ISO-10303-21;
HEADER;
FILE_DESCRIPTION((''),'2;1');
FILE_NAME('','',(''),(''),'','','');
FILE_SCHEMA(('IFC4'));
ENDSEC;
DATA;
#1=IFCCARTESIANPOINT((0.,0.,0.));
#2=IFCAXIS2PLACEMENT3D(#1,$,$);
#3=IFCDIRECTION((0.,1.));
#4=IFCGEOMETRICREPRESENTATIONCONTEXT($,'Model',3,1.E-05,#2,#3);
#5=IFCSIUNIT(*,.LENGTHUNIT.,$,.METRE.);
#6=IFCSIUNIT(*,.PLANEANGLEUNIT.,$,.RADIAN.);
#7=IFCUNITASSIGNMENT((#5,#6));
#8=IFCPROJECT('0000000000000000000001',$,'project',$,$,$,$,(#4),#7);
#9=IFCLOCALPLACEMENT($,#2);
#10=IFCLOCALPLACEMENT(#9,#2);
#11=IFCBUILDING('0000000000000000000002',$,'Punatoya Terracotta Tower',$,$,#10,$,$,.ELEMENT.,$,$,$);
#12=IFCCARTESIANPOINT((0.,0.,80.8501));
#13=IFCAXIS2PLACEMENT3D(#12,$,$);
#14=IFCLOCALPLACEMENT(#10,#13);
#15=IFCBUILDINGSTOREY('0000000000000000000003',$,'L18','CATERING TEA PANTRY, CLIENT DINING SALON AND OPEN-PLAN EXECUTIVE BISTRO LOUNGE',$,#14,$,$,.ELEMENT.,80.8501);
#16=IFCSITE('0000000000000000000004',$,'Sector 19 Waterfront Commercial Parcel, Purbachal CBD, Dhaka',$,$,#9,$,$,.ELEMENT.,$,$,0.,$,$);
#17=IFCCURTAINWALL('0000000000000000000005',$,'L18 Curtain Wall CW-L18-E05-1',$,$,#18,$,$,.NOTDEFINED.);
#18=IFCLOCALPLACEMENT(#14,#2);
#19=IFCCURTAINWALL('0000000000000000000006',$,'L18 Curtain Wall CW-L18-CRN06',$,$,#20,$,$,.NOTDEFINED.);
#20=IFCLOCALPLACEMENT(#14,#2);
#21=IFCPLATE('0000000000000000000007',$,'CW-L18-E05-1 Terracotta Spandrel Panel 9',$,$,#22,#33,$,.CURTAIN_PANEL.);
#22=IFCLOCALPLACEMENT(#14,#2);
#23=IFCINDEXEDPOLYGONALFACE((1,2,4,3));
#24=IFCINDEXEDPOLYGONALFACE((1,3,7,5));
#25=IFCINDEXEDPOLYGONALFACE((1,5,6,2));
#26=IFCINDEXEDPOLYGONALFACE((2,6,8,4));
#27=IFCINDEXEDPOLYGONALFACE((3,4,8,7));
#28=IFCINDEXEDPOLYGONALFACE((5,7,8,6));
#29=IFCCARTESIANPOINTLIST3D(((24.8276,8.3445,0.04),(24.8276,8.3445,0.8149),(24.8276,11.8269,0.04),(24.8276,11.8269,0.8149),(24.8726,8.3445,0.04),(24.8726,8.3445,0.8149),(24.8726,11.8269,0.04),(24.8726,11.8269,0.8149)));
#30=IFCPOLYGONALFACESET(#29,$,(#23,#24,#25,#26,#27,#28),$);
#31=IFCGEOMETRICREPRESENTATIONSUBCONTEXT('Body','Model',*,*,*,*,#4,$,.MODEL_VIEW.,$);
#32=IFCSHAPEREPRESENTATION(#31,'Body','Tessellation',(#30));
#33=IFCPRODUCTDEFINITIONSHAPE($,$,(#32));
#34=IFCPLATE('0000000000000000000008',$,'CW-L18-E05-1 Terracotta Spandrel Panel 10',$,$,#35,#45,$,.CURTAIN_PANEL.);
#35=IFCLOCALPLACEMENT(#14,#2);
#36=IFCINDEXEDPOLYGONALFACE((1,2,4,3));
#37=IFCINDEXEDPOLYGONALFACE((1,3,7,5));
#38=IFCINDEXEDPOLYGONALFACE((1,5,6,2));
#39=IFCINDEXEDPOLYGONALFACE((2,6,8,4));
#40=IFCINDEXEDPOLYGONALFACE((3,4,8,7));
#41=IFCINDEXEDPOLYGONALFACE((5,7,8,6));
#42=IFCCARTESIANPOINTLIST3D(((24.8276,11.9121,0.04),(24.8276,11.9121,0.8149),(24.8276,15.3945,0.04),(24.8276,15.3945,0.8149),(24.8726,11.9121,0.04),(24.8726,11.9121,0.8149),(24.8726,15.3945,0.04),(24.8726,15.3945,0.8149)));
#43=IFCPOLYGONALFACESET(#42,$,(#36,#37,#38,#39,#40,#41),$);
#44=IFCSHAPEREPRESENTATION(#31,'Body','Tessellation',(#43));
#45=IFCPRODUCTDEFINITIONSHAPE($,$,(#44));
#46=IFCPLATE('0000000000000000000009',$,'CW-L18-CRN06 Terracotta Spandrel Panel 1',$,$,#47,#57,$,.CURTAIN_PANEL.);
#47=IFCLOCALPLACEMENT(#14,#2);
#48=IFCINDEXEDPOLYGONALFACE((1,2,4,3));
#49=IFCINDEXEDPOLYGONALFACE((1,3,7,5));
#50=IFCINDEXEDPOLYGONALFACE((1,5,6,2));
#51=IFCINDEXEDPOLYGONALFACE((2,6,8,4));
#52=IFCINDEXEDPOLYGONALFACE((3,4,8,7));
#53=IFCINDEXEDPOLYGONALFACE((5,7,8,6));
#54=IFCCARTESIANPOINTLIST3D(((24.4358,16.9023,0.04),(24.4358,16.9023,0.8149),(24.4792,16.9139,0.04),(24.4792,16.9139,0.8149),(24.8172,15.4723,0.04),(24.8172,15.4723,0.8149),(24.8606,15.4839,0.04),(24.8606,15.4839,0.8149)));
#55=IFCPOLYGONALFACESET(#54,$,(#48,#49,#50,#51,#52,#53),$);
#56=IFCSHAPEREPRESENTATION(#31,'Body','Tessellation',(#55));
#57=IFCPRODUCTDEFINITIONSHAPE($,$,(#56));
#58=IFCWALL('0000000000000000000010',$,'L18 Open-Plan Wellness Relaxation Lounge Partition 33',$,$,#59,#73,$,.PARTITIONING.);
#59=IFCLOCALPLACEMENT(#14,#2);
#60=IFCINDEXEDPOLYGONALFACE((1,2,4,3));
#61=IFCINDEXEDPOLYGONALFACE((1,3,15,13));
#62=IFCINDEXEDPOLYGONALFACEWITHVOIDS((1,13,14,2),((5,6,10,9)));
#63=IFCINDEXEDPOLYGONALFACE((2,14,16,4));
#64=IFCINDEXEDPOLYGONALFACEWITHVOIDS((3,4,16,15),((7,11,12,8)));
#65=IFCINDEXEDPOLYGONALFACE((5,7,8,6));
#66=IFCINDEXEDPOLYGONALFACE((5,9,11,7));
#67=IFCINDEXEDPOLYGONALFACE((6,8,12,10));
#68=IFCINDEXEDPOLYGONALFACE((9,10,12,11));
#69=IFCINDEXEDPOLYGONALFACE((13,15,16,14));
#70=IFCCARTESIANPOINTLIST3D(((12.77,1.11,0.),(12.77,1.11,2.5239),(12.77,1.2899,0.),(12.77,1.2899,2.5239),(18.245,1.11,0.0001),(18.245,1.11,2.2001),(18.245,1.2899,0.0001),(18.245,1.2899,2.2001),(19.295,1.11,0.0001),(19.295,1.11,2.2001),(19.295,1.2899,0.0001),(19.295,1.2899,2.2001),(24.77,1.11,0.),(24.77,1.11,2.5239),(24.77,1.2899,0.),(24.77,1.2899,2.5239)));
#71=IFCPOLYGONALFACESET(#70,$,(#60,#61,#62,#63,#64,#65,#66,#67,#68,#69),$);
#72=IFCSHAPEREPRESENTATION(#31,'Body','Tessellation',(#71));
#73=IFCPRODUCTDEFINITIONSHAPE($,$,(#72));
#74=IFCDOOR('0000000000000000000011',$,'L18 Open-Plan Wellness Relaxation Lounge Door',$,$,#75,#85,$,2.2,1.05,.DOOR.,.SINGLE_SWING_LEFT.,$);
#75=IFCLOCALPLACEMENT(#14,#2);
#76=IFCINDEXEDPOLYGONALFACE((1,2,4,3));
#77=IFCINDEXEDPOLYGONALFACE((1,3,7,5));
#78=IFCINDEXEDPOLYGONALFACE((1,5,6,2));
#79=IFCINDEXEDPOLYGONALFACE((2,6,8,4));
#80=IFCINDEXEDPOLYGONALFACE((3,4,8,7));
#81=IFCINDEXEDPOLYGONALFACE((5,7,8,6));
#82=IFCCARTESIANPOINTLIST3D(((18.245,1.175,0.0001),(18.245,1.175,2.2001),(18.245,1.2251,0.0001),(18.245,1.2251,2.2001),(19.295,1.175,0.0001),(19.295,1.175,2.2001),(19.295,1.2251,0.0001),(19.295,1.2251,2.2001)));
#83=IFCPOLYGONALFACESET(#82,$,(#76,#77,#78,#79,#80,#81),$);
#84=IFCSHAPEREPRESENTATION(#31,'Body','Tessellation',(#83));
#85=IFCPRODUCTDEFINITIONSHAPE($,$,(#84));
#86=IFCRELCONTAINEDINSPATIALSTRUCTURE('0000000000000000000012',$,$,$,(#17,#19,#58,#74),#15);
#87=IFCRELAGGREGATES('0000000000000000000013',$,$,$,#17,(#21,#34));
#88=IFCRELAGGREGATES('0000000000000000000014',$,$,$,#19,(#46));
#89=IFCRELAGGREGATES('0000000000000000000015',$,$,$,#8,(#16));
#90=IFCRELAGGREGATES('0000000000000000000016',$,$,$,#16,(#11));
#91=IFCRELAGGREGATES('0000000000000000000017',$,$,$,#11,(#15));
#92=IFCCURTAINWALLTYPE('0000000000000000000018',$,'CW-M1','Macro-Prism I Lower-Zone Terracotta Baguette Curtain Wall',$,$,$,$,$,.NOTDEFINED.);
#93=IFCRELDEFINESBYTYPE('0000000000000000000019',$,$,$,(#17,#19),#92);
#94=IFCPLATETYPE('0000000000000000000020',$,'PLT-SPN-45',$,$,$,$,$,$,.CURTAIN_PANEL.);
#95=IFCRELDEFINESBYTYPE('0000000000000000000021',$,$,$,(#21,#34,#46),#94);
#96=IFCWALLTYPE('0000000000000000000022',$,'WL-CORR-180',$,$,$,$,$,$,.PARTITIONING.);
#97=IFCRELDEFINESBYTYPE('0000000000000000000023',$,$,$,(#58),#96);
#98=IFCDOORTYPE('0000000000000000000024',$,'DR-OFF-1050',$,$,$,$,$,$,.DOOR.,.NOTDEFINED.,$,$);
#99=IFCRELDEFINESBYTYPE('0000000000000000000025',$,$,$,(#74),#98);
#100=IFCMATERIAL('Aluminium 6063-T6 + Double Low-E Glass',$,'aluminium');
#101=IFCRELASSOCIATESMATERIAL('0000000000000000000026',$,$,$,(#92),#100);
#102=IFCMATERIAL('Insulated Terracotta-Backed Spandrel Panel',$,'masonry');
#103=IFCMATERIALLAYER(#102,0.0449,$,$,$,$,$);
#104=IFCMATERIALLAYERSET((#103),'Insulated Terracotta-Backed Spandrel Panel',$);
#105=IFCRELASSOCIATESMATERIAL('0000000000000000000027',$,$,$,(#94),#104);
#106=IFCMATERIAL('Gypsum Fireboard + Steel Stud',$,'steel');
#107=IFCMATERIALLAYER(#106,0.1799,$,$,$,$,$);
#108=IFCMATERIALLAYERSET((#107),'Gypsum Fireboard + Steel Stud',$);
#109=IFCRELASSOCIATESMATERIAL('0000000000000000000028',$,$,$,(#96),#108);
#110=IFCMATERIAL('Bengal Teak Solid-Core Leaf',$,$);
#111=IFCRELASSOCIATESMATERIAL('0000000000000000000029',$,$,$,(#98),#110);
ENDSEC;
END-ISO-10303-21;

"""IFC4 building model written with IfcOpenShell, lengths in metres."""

from ifc_helpers import new_model, si_unit, direction, frame, frame_2d, origin, origin_2d, place, context, subcontext, project, spatial, rectangle, extrude, material, layer, layer_set, type_object, element, fill, aggregate, save


model = new_model("IFC4")

# Units and contexts
model_context = context("Model", 3, precision=1e-05, world=origin(), true_north=direction((0.0, 1.0)))
body_context = subcontext(model_context, "Body", "Model", "MODEL_VIEW")
ifc_project = project(units=[si_unit("LENGTHUNIT", "METRE"), si_unit("PLANEANGLEUNIT", "RADIAN")], contexts=[model_context])

# Site, building, storey
site_placement = place(None, origin())
site = spatial("IfcSite", under=ifc_project, at=site_placement, Name="Sector 19 Waterfront Commercial Parcel, Purbachal CBD, Dhaka", CompositionType="ELEMENT", RefElevation=0.0)
building_placement = place(site_placement, origin())
building = spatial("IfcBuilding", under=site, at=building_placement, Name="Punatoya Terracotta Tower", CompositionType="ELEMENT")
storey_placement = place(building_placement, frame((0.0, 0.0, 80.8501)))
storey = spatial("IfcBuildingStorey", under=building, at=storey_placement, Name="L18", Description="CATERING TEA PANTRY, CLIENT DINING SALON AND OPEN-PLAN EXECUTIVE BISTRO LOUNGE", CompositionType="ELEMENT", Elevation=80.8501)

# Curtain walls
ifc_material_1 = material(Name="Aluminium 6063-T6 + Double Low-E Glass", Category="aluminium")
curtain_wall_type = type_object("IfcCurtainWallType", Name="CW-M1", Description="Macro-Prism I Lower-Zone Terracotta Baguette Curtain Wall", PredefinedType="NOTDEFINED", material=ifc_material_1)
curtain_wall_1_placement = place(storey_placement, origin())
curtain_wall_1 = element("IfcCurtainWall", 1, at=curtain_wall_1_placement, inside=storey, type_object=curtain_wall_type, Name="L18 Curtain Wall CW-L18-E05-1", PredefinedType="NOTDEFINED")
curtain_wall_2_placement = place(storey_placement, origin())
curtain_wall_2 = element("IfcCurtainWall", 2, at=curtain_wall_2_placement, inside=storey, type_object=curtain_wall_type, Name="L18 Curtain Wall CW-L18-CRN06", PredefinedType="NOTDEFINED")

# Plates
ifc_material_2 = material(Name="Insulated Terracotta-Backed Spandrel Panel", Category="masonry")
ifc_layer_1 = layer(ifc_material_2, 0.0449)
ifc_layer_set_1 = layer_set([ifc_layer_1], Name="Insulated Terracotta-Backed Spandrel Panel")
plate_type_1 = type_object("IfcPlateType", Name="PLT-SPN-45", PredefinedType="CURTAIN_PANEL", material=ifc_layer_set_1)
plate_1_placement = place(storey_placement, frame((24.8501, 10.0857, 0.04), z_axis=(0.0, 0.0, 1.0), x_axis=(0.0, 1.0, 0.0)))
plate_1 = element("IfcPlate", 3, at=plate_1_placement, type_object=plate_type_1, Name="CW-L18-E05-1 Terracotta Spandrel Panel 9", PredefinedType="CURTAIN_PANEL", context=body_context, shape_type="SweptSolid", body=[
    extrude(rectangle(XDim=3.4824, YDim=0.0449, at=origin_2d()), origin(), (0.0, 0.0, 1.0), 0.7749),
])
plate_2_placement = place(storey_placement, frame((24.8501, 13.6533, 0.04), z_axis=(0.0, 0.0, 1.0), x_axis=(0.0, 1.0, 0.0)))
plate_2 = element("IfcPlate", 4, at=plate_2_placement, type_object=plate_type_1, Name="CW-L18-E05-1 Terracotta Spandrel Panel 10", PredefinedType="CURTAIN_PANEL", context=body_context, shape_type="SweptSolid", body=[
    extrude(rectangle(XDim=3.4824, YDim=0.0449, at=origin_2d()), origin(), (0.0, 0.0, 1.0), 0.7749),
])
aggregate(curtain_wall_1, [plate_1, plate_2])
plate_3_placement = place(storey_placement, frame((24.6482, 16.1931, 0.04), z_axis=(0.0, 0.0, 1.0), x_axis=(-0.257742, 0.966214, 0.0)))
plate_3 = element("IfcPlate", 5, at=plate_3_placement, type_object=plate_type_1, Name="CW-L18-CRN06 Terracotta Spandrel Panel 1", PredefinedType="CURTAIN_PANEL", context=body_context, shape_type="SweptSolid", body=[
    extrude(rectangle(XDim=1.48, YDim=0.0449, at=origin_2d()), origin(), (0.0, 0.0, 1.0), 0.7749),
])
aggregate(curtain_wall_2, [plate_3])

# Wall, opening, door
ifc_material_3 = material(Name="Gypsum Fireboard + Steel Stud", Category="steel")
ifc_layer_2 = layer(ifc_material_3, 0.1799)
ifc_layer_set_2 = layer_set([ifc_layer_2], Name="Gypsum Fireboard + Steel Stud")
wall_type = type_object("IfcWallType", Name="WL-CORR-180", PredefinedType="PARTITIONING", material=ifc_layer_set_2)
wall_placement = place(storey_placement, frame((24.77, 1.2, 0.0), z_axis=(0.0, 0.0, 1.0), x_axis=(-1.0, 0.0, 0.0)))
wall = element("IfcWall", 6, at=wall_placement, inside=storey, type_object=wall_type, Name="L18 Open-Plan Wellness Relaxation Lounge Partition 33", PredefinedType="PARTITIONING", context=body_context, shape_type="SweptSolid", body=[
    extrude(rectangle(XDim=12.0, YDim=0.1799, at=frame_2d((6.0, 0.0))), origin(), (0.0, 0.0, 1.0), 2.5239),
])
opening_placement = place(wall_placement, frame((5.4751, 0.0, 0.0)))
opening = element("IfcOpeningElement", 7, at=opening_placement, cuts=wall, PredefinedType="OPENING", context=body_context, shape_type="SweptSolid", body=[
    extrude(rectangle(XDim=1.05, YDim=2.2, at=frame_2d((0.5249, 1.1001))), frame((0.0, 0.0999, 0.0), z_axis=(0.0, -1.0, 0.0), x_axis=(1.0, 0.0, 0.0)), (0.0, 0.0, 1.0), 0.2),
])
ifc_material_4 = material(Name="Bengal Teak Solid-Core Leaf")
door_type = type_object("IfcDoorType", Name="DR-OFF-1050", OperationType="NOTDEFINED", PredefinedType="DOOR", material=ifc_material_4)
door_placement = place(opening_placement, origin())
door = element("IfcDoor", 8, at=door_placement, inside=storey, type_object=door_type, Name="L18 Open-Plan Wellness Relaxation Lounge Door", OperationType="SINGLE_SWING_LEFT", OverallHeight=2.2, OverallWidth=1.05, PredefinedType="DOOR", context=body_context, shape_type="SweptSolid", body=[
    extrude(rectangle(XDim=1.05, YDim=2.2, at=frame_2d((0.5249, 1.1001))), frame((0.0, 0.0249, 0.0), z_axis=(0.0, -1.0, 0.0), x_axis=(1.0, 0.0, 0.0)), (0.0, 0.0, 1.0), 0.05),
])
fill(opening, door)

save(model, "model.ifc")
